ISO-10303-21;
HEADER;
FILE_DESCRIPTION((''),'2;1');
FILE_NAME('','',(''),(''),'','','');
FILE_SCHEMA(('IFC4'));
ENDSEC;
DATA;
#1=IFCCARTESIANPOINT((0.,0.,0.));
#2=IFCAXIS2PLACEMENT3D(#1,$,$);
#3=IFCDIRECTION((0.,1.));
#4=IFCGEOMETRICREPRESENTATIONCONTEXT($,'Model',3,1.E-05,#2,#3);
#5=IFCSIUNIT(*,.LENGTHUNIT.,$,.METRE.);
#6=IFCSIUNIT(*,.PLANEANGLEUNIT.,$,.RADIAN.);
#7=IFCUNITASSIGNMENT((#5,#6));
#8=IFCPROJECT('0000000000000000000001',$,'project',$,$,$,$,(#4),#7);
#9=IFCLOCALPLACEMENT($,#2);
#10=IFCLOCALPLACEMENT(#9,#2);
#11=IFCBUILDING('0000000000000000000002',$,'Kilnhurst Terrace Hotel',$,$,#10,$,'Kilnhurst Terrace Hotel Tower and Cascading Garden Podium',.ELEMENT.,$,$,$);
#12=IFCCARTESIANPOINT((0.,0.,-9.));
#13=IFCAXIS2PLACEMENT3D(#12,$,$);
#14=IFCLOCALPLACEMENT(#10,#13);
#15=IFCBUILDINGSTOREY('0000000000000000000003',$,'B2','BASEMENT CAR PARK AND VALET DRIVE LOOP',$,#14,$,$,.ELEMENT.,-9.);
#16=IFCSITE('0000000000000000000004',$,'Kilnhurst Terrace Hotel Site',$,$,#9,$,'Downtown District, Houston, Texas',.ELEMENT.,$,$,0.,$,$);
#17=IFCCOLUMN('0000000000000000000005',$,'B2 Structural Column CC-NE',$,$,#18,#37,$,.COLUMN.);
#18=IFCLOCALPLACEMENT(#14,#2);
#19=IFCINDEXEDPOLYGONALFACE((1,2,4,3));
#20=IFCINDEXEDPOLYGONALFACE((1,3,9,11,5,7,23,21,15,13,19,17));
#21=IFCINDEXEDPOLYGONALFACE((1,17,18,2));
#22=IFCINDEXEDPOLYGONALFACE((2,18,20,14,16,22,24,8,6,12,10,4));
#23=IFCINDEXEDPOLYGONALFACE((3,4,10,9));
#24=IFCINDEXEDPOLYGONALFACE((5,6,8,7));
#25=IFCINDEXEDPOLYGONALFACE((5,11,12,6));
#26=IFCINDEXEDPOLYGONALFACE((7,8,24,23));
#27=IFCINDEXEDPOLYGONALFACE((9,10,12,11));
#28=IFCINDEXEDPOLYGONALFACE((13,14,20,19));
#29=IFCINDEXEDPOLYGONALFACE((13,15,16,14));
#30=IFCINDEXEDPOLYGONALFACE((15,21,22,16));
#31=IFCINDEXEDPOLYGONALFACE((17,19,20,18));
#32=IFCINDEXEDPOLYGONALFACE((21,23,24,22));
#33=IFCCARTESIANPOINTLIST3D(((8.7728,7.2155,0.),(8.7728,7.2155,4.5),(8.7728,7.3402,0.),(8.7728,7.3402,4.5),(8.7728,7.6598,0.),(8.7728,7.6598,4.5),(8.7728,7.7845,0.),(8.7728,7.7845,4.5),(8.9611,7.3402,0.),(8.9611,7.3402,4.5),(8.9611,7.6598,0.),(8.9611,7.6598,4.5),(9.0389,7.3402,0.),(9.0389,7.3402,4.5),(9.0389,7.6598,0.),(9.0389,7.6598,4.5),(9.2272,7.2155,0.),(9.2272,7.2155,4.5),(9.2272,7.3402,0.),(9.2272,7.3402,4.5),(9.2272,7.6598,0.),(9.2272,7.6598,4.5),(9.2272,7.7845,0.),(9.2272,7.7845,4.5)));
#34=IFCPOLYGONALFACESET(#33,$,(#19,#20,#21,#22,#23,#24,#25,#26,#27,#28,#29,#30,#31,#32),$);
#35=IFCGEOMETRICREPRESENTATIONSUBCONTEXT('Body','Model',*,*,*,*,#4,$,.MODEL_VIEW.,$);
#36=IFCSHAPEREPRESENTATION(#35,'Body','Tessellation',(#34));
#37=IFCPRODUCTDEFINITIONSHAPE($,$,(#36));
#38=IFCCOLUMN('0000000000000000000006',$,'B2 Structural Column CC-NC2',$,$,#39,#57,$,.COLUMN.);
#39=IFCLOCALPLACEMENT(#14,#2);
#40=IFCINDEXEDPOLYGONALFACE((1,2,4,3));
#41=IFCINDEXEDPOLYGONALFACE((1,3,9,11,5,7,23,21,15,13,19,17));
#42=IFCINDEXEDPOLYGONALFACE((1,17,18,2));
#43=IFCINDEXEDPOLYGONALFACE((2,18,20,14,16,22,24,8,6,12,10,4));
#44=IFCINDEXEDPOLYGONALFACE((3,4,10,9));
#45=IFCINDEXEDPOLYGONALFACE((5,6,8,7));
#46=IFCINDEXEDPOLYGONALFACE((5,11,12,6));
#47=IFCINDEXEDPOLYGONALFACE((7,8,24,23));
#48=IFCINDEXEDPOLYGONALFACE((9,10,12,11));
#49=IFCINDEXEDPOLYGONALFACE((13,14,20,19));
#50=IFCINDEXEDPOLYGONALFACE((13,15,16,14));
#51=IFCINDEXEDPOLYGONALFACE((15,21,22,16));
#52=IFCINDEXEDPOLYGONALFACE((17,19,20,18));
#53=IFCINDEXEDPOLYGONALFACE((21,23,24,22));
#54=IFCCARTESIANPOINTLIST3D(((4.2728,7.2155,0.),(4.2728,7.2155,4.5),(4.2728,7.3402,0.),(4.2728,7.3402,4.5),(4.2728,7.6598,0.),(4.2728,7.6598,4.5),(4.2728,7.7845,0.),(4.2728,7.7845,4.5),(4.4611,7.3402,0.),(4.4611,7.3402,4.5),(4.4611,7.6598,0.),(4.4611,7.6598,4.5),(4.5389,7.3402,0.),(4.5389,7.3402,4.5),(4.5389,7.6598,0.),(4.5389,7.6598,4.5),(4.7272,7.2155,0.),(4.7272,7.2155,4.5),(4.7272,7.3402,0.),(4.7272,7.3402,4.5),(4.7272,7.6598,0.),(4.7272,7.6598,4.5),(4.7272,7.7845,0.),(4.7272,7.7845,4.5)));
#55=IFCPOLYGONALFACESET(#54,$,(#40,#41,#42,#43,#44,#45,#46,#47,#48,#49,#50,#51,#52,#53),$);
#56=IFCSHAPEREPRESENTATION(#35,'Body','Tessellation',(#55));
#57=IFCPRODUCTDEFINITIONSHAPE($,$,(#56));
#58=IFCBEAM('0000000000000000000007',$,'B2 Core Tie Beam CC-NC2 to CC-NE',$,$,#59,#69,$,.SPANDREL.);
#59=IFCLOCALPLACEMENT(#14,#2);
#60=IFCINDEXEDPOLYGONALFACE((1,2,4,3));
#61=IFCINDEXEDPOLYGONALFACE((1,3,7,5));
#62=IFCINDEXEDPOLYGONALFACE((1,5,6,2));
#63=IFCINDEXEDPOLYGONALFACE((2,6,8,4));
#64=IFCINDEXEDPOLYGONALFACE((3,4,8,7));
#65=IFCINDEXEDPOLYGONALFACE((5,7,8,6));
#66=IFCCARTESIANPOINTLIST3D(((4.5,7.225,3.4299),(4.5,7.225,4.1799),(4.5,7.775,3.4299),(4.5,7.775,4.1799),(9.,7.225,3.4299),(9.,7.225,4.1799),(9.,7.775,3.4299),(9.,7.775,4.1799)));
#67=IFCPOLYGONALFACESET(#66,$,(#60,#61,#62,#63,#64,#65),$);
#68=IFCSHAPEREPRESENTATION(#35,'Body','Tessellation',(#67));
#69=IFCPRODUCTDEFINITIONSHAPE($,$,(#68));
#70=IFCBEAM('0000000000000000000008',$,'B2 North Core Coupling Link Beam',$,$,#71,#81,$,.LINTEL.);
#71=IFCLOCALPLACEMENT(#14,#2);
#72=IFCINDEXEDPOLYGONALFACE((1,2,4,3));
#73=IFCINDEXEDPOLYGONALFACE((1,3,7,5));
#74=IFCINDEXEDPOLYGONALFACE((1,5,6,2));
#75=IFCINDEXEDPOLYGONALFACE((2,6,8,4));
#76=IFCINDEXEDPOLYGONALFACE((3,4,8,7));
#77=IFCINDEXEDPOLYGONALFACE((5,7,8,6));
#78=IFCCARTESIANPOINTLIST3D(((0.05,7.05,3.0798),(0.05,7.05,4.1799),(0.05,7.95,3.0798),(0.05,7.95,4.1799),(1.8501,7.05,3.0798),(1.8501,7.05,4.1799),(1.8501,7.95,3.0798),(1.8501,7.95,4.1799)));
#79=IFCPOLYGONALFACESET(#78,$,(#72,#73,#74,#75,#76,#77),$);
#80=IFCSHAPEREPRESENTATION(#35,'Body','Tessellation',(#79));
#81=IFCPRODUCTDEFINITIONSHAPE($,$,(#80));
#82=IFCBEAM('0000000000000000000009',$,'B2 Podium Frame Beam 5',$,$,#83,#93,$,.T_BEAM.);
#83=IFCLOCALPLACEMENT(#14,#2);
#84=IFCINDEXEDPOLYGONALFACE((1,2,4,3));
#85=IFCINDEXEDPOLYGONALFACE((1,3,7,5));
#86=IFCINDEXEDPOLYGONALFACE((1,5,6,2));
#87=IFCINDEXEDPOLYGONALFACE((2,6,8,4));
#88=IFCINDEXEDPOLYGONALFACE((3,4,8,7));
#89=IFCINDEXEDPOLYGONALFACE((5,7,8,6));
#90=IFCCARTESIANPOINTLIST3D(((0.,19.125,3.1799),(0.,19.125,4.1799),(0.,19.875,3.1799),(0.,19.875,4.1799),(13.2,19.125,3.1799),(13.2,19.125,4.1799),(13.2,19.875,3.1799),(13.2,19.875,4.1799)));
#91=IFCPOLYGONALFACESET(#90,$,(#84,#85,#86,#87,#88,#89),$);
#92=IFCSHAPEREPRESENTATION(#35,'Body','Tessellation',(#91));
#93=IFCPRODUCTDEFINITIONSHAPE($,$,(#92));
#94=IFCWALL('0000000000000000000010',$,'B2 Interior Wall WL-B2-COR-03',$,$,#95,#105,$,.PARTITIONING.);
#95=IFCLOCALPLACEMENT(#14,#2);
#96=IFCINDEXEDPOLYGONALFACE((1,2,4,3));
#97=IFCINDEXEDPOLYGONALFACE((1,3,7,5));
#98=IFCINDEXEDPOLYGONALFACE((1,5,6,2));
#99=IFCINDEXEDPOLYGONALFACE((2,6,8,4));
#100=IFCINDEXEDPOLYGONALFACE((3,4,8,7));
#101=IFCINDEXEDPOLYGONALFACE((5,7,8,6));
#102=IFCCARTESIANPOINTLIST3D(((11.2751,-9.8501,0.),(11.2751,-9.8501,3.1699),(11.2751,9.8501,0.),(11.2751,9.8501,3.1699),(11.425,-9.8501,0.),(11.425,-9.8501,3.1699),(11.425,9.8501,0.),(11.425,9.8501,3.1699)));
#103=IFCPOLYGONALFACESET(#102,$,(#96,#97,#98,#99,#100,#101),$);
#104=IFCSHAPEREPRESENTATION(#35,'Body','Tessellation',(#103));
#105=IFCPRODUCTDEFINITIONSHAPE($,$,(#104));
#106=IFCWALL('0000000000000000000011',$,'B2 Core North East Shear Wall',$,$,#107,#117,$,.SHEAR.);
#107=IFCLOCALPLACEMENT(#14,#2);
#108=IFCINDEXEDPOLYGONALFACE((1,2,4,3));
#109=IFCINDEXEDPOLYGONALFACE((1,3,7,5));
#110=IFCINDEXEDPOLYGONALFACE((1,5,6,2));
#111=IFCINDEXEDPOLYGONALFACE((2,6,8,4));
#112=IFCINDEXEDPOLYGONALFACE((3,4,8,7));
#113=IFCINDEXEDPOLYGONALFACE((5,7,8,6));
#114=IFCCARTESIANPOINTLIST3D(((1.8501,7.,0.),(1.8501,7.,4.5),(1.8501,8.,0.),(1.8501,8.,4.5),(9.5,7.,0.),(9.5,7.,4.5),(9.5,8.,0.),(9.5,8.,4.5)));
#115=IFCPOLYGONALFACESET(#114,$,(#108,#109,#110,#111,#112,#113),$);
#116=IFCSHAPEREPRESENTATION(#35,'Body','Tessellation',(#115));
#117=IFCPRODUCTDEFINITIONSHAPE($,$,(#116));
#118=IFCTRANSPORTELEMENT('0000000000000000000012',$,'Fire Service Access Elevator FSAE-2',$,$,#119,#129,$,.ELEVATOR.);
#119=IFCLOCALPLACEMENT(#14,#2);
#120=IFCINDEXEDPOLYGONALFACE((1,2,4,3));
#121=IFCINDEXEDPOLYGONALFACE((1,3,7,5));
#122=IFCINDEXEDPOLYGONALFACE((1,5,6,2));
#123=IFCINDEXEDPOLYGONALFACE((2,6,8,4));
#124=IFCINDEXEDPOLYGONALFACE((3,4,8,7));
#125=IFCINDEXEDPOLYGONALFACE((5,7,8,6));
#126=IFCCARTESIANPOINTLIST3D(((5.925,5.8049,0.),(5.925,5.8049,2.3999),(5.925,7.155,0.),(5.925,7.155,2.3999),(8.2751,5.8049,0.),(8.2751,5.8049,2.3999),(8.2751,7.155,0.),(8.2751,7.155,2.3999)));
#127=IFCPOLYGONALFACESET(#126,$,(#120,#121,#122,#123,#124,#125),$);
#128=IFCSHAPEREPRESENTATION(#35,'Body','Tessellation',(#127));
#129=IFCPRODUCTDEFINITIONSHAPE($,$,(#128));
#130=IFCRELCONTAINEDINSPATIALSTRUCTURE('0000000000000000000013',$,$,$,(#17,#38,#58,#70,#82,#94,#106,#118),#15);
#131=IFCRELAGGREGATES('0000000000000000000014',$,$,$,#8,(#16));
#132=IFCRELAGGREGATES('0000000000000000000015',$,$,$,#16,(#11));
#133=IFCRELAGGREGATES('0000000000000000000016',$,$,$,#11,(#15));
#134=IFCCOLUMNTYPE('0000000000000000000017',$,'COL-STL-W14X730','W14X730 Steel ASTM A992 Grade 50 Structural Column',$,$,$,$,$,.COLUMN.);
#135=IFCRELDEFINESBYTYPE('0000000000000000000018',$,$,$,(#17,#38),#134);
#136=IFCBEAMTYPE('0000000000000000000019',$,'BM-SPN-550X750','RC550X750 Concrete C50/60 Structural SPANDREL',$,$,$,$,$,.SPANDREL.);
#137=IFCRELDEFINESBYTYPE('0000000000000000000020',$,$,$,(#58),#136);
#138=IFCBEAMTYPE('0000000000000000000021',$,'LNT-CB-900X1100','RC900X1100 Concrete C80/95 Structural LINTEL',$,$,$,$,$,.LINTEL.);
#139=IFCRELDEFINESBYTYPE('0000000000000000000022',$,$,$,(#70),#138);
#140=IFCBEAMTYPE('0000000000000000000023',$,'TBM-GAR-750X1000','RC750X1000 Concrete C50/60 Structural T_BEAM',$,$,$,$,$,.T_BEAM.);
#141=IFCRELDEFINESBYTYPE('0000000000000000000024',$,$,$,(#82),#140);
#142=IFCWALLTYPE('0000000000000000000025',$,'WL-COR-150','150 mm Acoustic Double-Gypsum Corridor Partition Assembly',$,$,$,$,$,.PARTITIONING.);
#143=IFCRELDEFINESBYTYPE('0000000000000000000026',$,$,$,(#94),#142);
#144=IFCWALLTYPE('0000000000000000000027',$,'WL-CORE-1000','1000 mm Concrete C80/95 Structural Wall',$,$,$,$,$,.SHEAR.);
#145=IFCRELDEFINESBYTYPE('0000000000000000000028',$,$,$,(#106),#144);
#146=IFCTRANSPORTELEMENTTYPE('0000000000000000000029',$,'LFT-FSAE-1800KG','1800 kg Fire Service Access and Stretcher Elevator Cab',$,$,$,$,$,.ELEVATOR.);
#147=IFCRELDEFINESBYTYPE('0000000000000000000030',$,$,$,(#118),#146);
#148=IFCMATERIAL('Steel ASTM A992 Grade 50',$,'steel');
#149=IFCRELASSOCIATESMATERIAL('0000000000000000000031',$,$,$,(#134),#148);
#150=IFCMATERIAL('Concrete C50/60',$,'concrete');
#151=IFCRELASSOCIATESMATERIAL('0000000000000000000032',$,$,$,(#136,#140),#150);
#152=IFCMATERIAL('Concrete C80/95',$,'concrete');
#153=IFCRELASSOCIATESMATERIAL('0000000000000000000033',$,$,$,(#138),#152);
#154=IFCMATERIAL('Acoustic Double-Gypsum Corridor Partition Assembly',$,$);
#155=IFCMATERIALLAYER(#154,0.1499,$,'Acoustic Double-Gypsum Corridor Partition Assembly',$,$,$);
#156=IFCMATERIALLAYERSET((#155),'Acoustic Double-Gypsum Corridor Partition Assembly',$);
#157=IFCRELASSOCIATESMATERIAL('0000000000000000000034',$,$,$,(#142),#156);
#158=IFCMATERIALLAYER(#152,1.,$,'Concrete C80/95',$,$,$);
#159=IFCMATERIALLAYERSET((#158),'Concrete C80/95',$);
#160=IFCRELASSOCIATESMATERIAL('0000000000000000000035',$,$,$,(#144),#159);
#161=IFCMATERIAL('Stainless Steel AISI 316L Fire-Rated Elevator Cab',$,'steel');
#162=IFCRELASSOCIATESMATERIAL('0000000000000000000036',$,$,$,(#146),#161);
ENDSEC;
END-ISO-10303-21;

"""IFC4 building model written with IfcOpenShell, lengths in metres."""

from ifc_helpers import new_model, si_unit, direction, frame, frame_2d, origin, origin_2d, place, context, subcontext, project, spatial, rectangle, i_section, extrude, material, layer, layer_set, material_profile, profile_set, type_object, element, save


model = new_model("IFC4")

# Units and contexts
model_context = context("Model", 3, precision=1e-05, world=origin(), true_north=direction((0.0, 1.0)))
body_context = subcontext(model_context, "Body", "Model", "MODEL_VIEW")
ifc_project = project(units=[si_unit("LENGTHUNIT", "METRE"), si_unit("PLANEANGLEUNIT", "RADIAN")], contexts=[model_context])

# Site, building, storey
site_placement = place(None, origin())
site = spatial("IfcSite", under=ifc_project, at=site_placement, Name="Kilnhurst Terrace Hotel Site", LongName="Downtown District, Houston, Texas", CompositionType="ELEMENT", RefElevation=0.0)
building_placement = place(site_placement, origin())
building = spatial("IfcBuilding", under=site, at=building_placement, Name="Kilnhurst Terrace Hotel", LongName="Kilnhurst Terrace Hotel Tower and Cascading Garden Podium", CompositionType="ELEMENT")
storey_placement = place(building_placement, frame((0.0, 0.0, -9.0)))
storey = spatial("IfcBuildingStorey", under=building, at=storey_placement, Name="B2", Description="BASEMENT CAR PARK AND VALET DRIVE LOOP", CompositionType="ELEMENT", Elevation=-9.0)

# Shared definitions
ifc_material_1 = material(Name="Concrete C50/60", Category="concrete")

# Columns
ifc_material_2 = material(Name="Concrete C80/95", Category="concrete")
ifc_material_3 = material(Name="Steel ASTM A992 Grade 50", Category="steel")
ifc_material_profile_1 = material_profile(ifc_material_3, i_section(OverallWidth=0.4543, OverallDepth=0.5691, WebThickness=0.0779, FlangeThickness=0.1248, at=origin_2d()), Name="W14X730")
ifc_profile_set_1 = profile_set([ifc_material_profile_1], Name="Steel ASTM A992 Grade 50")
column_type_1 = type_object("IfcColumnType", Name="COL-STL-W14X730", Description="W14X730 Steel ASTM A992 Grade 50 Structural Column", PredefinedType="COLUMN", material=ifc_profile_set_1)
for number, where, z_axis, x_axis, name in (
    (1, (9.0, 7.5, 0.0), (0.0, 0.0, 1.0), (1.0, 0.0, 0.0), "B2 Structural Column CC-NE"),
    (2, (4.5, 7.5, 0.0), (0.0, 0.0, 1.0), (1.0, 0.0, 0.0), "B2 Structural Column CC-NC2"),
):
    element("IfcColumn", number, at=place(storey_placement, frame(where, z_axis=z_axis, x_axis=x_axis)), inside=storey, type_object=column_type_1, Name=name, PredefinedType="COLUMN", context=body_context, shape_type="SweptSolid", body=[
        extrude(i_section(OverallWidth=0.4543, OverallDepth=0.5691, WebThickness=0.0779, FlangeThickness=0.1248, at=origin_2d()), origin(), (0.0, 0.0, 1.0), 4.5),
    ])

# Beams
ifc_material_profile_2 = material_profile(ifc_material_1, rectangle(XDim=0.55, YDim=0.75, at=origin_2d()), Name="RC550X750")
ifc_profile_set_2 = profile_set([ifc_material_profile_2], Name="Concrete C50/60")
beam_type_1 = type_object("IfcBeamType", Name="BM-SPN-550X750", Description="RC550X750 Concrete C50/60 Structural SPANDREL", PredefinedType="SPANDREL", material=ifc_profile_set_2)
beam_1_placement = place(storey_placement, frame((4.5, 7.5, 3.8049), z_axis=(1.0, 0.0, 0.0), x_axis=(0.0, 1.0, 0.0)))
element("IfcBeam", 3, at=beam_1_placement, inside=storey, type_object=beam_type_1, Name="B2 Core Tie Beam CC-NC2 to CC-NE", PredefinedType="SPANDREL", context=body_context, shape_type="SweptSolid", body=[
    extrude(rectangle(XDim=0.55, YDim=0.75, at=origin_2d()), origin(), (0.0, 0.0, 1.0), 4.5),
])
ifc_material_profile_3 = material_profile(ifc_material_2, rectangle(XDim=0.8999, YDim=1.1001, at=origin_2d()), Name="RC900X1100")
ifc_profile_set_3 = profile_set([ifc_material_profile_3], Name="Concrete C80/95")
beam_type_2 = type_object("IfcBeamType", Name="LNT-CB-900X1100", Description="RC900X1100 Concrete C80/95 Structural LINTEL", PredefinedType="LINTEL", material=ifc_profile_set_3)
beam_2_placement = place(storey_placement, frame((0.05, 7.5, 3.6299), z_axis=(1.0, 0.0, 0.0), x_axis=(0.0, 1.0, 0.0)))
element("IfcBeam", 4, at=beam_2_placement, inside=storey, type_object=beam_type_2, Name="B2 North Core Coupling Link Beam", PredefinedType="LINTEL", context=body_context, shape_type="SweptSolid", body=[
    extrude(rectangle(XDim=0.8999, YDim=1.1001, at=origin_2d()), origin(), (0.0, 0.0, 1.0), 1.8),
])
ifc_material_profile_4 = material_profile(ifc_material_1, rectangle(XDim=0.75, YDim=1.0, at=origin_2d()), Name="RC750X1000")
ifc_profile_set_4 = profile_set([ifc_material_profile_4], Name="Concrete C50/60")
beam_type_3 = type_object("IfcBeamType", Name="TBM-GAR-750X1000", Description="RC750X1000 Concrete C50/60 Structural T_BEAM", PredefinedType="T_BEAM", material=ifc_profile_set_4)
beam_3_placement = place(storey_placement, frame((0.0, 19.5, 3.6799), z_axis=(1.0, 0.0, 0.0), x_axis=(0.0, 1.0, 0.0)))
element("IfcBeam", 5, at=beam_3_placement, inside=storey, type_object=beam_type_3, Name="B2 Podium Frame Beam 5", PredefinedType="T_BEAM", context=body_context, shape_type="SweptSolid", body=[
    extrude(rectangle(XDim=0.75, YDim=1.0, at=origin_2d()), origin(), (0.0, 0.0, 1.0), 13.2),
])

# Walls
ifc_material_4 = material(Name="Acoustic Double-Gypsum Corridor Partition Assembly")
ifc_layer_1 = layer(ifc_material_4, 0.1499, Name="Acoustic Double-Gypsum Corridor Partition Assembly")
ifc_layer_set_1 = layer_set([ifc_layer_1], Name="Acoustic Double-Gypsum Corridor Partition Assembly")
wall_type_1 = type_object("IfcWallType", Name="WL-COR-150", Description="150 mm Acoustic Double-Gypsum Corridor Partition Assembly", PredefinedType="PARTITIONING", material=ifc_layer_set_1)
wall_1_placement = place(storey_placement, frame((11.3501, 9.8501, 0.0), z_axis=(0.0, 0.0, 1.0), x_axis=(0.0, -1.0, 0.0)))
element("IfcWall", 6, at=wall_1_placement, inside=storey, type_object=wall_type_1, Name="B2 Interior Wall WL-B2-COR-03", PredefinedType="PARTITIONING", context=body_context, shape_type="SweptSolid", body=[
    extrude(rectangle(XDim=19.7002, YDim=0.1499, at=frame_2d((9.8501, 0.0))), origin(), (0.0, 0.0, 1.0), 3.1699),
])
ifc_layer_2 = layer(ifc_material_2, 1.0, Name="Concrete C80/95")
ifc_layer_set_2 = layer_set([ifc_layer_2], Name="Concrete C80/95")
wall_type_2 = type_object("IfcWallType", Name="WL-CORE-1000", Description="1000 mm Concrete C80/95 Structural Wall", PredefinedType="SHEAR", material=ifc_layer_set_2)
wall_2_placement = place(storey_placement, frame((1.8501, 7.5, 0.0), z_axis=(0.0, 0.0, 1.0), x_axis=(1.0, 0.0, 0.0)))
element("IfcWall", 7, at=wall_2_placement, inside=storey, type_object=wall_type_2, Name="B2 Core North East Shear Wall", PredefinedType="SHEAR", context=body_context, shape_type="SweptSolid", body=[
    extrude(rectangle(XDim=7.6499, YDim=1.0, at=frame_2d((3.825, 0.0))), origin(), (0.0, 0.0, 1.0), 4.5),
])

# Transport element
ifc_material_5 = material(Name="Stainless Steel AISI 316L Fire-Rated Elevator Cab", Category="steel")
transport_element_type = type_object("IfcTransportElementType", Name="LFT-FSAE-1800KG", Description="1800 kg Fire Service Access and Stretcher Elevator Cab", PredefinedType="ELEVATOR", material=ifc_material_5)
transport_element_placement = place(storey_placement, frame((7.1001, 6.48, 0.0), z_axis=(0.0, 0.0, 1.0), x_axis=(1.0, 0.0, 0.0)))
element("IfcTransportElement", 8, at=transport_element_placement, inside=storey, type_object=transport_element_type, Name="Fire Service Access Elevator FSAE-2", PredefinedType="ELEVATOR", context=body_context, shape_type="SweptSolid", body=[
    extrude(rectangle(XDim=2.3501, YDim=1.3501, at=origin_2d()), origin(), (0.0, 0.0, 1.0), 2.3999),
])

save(model, "model.ifc")
